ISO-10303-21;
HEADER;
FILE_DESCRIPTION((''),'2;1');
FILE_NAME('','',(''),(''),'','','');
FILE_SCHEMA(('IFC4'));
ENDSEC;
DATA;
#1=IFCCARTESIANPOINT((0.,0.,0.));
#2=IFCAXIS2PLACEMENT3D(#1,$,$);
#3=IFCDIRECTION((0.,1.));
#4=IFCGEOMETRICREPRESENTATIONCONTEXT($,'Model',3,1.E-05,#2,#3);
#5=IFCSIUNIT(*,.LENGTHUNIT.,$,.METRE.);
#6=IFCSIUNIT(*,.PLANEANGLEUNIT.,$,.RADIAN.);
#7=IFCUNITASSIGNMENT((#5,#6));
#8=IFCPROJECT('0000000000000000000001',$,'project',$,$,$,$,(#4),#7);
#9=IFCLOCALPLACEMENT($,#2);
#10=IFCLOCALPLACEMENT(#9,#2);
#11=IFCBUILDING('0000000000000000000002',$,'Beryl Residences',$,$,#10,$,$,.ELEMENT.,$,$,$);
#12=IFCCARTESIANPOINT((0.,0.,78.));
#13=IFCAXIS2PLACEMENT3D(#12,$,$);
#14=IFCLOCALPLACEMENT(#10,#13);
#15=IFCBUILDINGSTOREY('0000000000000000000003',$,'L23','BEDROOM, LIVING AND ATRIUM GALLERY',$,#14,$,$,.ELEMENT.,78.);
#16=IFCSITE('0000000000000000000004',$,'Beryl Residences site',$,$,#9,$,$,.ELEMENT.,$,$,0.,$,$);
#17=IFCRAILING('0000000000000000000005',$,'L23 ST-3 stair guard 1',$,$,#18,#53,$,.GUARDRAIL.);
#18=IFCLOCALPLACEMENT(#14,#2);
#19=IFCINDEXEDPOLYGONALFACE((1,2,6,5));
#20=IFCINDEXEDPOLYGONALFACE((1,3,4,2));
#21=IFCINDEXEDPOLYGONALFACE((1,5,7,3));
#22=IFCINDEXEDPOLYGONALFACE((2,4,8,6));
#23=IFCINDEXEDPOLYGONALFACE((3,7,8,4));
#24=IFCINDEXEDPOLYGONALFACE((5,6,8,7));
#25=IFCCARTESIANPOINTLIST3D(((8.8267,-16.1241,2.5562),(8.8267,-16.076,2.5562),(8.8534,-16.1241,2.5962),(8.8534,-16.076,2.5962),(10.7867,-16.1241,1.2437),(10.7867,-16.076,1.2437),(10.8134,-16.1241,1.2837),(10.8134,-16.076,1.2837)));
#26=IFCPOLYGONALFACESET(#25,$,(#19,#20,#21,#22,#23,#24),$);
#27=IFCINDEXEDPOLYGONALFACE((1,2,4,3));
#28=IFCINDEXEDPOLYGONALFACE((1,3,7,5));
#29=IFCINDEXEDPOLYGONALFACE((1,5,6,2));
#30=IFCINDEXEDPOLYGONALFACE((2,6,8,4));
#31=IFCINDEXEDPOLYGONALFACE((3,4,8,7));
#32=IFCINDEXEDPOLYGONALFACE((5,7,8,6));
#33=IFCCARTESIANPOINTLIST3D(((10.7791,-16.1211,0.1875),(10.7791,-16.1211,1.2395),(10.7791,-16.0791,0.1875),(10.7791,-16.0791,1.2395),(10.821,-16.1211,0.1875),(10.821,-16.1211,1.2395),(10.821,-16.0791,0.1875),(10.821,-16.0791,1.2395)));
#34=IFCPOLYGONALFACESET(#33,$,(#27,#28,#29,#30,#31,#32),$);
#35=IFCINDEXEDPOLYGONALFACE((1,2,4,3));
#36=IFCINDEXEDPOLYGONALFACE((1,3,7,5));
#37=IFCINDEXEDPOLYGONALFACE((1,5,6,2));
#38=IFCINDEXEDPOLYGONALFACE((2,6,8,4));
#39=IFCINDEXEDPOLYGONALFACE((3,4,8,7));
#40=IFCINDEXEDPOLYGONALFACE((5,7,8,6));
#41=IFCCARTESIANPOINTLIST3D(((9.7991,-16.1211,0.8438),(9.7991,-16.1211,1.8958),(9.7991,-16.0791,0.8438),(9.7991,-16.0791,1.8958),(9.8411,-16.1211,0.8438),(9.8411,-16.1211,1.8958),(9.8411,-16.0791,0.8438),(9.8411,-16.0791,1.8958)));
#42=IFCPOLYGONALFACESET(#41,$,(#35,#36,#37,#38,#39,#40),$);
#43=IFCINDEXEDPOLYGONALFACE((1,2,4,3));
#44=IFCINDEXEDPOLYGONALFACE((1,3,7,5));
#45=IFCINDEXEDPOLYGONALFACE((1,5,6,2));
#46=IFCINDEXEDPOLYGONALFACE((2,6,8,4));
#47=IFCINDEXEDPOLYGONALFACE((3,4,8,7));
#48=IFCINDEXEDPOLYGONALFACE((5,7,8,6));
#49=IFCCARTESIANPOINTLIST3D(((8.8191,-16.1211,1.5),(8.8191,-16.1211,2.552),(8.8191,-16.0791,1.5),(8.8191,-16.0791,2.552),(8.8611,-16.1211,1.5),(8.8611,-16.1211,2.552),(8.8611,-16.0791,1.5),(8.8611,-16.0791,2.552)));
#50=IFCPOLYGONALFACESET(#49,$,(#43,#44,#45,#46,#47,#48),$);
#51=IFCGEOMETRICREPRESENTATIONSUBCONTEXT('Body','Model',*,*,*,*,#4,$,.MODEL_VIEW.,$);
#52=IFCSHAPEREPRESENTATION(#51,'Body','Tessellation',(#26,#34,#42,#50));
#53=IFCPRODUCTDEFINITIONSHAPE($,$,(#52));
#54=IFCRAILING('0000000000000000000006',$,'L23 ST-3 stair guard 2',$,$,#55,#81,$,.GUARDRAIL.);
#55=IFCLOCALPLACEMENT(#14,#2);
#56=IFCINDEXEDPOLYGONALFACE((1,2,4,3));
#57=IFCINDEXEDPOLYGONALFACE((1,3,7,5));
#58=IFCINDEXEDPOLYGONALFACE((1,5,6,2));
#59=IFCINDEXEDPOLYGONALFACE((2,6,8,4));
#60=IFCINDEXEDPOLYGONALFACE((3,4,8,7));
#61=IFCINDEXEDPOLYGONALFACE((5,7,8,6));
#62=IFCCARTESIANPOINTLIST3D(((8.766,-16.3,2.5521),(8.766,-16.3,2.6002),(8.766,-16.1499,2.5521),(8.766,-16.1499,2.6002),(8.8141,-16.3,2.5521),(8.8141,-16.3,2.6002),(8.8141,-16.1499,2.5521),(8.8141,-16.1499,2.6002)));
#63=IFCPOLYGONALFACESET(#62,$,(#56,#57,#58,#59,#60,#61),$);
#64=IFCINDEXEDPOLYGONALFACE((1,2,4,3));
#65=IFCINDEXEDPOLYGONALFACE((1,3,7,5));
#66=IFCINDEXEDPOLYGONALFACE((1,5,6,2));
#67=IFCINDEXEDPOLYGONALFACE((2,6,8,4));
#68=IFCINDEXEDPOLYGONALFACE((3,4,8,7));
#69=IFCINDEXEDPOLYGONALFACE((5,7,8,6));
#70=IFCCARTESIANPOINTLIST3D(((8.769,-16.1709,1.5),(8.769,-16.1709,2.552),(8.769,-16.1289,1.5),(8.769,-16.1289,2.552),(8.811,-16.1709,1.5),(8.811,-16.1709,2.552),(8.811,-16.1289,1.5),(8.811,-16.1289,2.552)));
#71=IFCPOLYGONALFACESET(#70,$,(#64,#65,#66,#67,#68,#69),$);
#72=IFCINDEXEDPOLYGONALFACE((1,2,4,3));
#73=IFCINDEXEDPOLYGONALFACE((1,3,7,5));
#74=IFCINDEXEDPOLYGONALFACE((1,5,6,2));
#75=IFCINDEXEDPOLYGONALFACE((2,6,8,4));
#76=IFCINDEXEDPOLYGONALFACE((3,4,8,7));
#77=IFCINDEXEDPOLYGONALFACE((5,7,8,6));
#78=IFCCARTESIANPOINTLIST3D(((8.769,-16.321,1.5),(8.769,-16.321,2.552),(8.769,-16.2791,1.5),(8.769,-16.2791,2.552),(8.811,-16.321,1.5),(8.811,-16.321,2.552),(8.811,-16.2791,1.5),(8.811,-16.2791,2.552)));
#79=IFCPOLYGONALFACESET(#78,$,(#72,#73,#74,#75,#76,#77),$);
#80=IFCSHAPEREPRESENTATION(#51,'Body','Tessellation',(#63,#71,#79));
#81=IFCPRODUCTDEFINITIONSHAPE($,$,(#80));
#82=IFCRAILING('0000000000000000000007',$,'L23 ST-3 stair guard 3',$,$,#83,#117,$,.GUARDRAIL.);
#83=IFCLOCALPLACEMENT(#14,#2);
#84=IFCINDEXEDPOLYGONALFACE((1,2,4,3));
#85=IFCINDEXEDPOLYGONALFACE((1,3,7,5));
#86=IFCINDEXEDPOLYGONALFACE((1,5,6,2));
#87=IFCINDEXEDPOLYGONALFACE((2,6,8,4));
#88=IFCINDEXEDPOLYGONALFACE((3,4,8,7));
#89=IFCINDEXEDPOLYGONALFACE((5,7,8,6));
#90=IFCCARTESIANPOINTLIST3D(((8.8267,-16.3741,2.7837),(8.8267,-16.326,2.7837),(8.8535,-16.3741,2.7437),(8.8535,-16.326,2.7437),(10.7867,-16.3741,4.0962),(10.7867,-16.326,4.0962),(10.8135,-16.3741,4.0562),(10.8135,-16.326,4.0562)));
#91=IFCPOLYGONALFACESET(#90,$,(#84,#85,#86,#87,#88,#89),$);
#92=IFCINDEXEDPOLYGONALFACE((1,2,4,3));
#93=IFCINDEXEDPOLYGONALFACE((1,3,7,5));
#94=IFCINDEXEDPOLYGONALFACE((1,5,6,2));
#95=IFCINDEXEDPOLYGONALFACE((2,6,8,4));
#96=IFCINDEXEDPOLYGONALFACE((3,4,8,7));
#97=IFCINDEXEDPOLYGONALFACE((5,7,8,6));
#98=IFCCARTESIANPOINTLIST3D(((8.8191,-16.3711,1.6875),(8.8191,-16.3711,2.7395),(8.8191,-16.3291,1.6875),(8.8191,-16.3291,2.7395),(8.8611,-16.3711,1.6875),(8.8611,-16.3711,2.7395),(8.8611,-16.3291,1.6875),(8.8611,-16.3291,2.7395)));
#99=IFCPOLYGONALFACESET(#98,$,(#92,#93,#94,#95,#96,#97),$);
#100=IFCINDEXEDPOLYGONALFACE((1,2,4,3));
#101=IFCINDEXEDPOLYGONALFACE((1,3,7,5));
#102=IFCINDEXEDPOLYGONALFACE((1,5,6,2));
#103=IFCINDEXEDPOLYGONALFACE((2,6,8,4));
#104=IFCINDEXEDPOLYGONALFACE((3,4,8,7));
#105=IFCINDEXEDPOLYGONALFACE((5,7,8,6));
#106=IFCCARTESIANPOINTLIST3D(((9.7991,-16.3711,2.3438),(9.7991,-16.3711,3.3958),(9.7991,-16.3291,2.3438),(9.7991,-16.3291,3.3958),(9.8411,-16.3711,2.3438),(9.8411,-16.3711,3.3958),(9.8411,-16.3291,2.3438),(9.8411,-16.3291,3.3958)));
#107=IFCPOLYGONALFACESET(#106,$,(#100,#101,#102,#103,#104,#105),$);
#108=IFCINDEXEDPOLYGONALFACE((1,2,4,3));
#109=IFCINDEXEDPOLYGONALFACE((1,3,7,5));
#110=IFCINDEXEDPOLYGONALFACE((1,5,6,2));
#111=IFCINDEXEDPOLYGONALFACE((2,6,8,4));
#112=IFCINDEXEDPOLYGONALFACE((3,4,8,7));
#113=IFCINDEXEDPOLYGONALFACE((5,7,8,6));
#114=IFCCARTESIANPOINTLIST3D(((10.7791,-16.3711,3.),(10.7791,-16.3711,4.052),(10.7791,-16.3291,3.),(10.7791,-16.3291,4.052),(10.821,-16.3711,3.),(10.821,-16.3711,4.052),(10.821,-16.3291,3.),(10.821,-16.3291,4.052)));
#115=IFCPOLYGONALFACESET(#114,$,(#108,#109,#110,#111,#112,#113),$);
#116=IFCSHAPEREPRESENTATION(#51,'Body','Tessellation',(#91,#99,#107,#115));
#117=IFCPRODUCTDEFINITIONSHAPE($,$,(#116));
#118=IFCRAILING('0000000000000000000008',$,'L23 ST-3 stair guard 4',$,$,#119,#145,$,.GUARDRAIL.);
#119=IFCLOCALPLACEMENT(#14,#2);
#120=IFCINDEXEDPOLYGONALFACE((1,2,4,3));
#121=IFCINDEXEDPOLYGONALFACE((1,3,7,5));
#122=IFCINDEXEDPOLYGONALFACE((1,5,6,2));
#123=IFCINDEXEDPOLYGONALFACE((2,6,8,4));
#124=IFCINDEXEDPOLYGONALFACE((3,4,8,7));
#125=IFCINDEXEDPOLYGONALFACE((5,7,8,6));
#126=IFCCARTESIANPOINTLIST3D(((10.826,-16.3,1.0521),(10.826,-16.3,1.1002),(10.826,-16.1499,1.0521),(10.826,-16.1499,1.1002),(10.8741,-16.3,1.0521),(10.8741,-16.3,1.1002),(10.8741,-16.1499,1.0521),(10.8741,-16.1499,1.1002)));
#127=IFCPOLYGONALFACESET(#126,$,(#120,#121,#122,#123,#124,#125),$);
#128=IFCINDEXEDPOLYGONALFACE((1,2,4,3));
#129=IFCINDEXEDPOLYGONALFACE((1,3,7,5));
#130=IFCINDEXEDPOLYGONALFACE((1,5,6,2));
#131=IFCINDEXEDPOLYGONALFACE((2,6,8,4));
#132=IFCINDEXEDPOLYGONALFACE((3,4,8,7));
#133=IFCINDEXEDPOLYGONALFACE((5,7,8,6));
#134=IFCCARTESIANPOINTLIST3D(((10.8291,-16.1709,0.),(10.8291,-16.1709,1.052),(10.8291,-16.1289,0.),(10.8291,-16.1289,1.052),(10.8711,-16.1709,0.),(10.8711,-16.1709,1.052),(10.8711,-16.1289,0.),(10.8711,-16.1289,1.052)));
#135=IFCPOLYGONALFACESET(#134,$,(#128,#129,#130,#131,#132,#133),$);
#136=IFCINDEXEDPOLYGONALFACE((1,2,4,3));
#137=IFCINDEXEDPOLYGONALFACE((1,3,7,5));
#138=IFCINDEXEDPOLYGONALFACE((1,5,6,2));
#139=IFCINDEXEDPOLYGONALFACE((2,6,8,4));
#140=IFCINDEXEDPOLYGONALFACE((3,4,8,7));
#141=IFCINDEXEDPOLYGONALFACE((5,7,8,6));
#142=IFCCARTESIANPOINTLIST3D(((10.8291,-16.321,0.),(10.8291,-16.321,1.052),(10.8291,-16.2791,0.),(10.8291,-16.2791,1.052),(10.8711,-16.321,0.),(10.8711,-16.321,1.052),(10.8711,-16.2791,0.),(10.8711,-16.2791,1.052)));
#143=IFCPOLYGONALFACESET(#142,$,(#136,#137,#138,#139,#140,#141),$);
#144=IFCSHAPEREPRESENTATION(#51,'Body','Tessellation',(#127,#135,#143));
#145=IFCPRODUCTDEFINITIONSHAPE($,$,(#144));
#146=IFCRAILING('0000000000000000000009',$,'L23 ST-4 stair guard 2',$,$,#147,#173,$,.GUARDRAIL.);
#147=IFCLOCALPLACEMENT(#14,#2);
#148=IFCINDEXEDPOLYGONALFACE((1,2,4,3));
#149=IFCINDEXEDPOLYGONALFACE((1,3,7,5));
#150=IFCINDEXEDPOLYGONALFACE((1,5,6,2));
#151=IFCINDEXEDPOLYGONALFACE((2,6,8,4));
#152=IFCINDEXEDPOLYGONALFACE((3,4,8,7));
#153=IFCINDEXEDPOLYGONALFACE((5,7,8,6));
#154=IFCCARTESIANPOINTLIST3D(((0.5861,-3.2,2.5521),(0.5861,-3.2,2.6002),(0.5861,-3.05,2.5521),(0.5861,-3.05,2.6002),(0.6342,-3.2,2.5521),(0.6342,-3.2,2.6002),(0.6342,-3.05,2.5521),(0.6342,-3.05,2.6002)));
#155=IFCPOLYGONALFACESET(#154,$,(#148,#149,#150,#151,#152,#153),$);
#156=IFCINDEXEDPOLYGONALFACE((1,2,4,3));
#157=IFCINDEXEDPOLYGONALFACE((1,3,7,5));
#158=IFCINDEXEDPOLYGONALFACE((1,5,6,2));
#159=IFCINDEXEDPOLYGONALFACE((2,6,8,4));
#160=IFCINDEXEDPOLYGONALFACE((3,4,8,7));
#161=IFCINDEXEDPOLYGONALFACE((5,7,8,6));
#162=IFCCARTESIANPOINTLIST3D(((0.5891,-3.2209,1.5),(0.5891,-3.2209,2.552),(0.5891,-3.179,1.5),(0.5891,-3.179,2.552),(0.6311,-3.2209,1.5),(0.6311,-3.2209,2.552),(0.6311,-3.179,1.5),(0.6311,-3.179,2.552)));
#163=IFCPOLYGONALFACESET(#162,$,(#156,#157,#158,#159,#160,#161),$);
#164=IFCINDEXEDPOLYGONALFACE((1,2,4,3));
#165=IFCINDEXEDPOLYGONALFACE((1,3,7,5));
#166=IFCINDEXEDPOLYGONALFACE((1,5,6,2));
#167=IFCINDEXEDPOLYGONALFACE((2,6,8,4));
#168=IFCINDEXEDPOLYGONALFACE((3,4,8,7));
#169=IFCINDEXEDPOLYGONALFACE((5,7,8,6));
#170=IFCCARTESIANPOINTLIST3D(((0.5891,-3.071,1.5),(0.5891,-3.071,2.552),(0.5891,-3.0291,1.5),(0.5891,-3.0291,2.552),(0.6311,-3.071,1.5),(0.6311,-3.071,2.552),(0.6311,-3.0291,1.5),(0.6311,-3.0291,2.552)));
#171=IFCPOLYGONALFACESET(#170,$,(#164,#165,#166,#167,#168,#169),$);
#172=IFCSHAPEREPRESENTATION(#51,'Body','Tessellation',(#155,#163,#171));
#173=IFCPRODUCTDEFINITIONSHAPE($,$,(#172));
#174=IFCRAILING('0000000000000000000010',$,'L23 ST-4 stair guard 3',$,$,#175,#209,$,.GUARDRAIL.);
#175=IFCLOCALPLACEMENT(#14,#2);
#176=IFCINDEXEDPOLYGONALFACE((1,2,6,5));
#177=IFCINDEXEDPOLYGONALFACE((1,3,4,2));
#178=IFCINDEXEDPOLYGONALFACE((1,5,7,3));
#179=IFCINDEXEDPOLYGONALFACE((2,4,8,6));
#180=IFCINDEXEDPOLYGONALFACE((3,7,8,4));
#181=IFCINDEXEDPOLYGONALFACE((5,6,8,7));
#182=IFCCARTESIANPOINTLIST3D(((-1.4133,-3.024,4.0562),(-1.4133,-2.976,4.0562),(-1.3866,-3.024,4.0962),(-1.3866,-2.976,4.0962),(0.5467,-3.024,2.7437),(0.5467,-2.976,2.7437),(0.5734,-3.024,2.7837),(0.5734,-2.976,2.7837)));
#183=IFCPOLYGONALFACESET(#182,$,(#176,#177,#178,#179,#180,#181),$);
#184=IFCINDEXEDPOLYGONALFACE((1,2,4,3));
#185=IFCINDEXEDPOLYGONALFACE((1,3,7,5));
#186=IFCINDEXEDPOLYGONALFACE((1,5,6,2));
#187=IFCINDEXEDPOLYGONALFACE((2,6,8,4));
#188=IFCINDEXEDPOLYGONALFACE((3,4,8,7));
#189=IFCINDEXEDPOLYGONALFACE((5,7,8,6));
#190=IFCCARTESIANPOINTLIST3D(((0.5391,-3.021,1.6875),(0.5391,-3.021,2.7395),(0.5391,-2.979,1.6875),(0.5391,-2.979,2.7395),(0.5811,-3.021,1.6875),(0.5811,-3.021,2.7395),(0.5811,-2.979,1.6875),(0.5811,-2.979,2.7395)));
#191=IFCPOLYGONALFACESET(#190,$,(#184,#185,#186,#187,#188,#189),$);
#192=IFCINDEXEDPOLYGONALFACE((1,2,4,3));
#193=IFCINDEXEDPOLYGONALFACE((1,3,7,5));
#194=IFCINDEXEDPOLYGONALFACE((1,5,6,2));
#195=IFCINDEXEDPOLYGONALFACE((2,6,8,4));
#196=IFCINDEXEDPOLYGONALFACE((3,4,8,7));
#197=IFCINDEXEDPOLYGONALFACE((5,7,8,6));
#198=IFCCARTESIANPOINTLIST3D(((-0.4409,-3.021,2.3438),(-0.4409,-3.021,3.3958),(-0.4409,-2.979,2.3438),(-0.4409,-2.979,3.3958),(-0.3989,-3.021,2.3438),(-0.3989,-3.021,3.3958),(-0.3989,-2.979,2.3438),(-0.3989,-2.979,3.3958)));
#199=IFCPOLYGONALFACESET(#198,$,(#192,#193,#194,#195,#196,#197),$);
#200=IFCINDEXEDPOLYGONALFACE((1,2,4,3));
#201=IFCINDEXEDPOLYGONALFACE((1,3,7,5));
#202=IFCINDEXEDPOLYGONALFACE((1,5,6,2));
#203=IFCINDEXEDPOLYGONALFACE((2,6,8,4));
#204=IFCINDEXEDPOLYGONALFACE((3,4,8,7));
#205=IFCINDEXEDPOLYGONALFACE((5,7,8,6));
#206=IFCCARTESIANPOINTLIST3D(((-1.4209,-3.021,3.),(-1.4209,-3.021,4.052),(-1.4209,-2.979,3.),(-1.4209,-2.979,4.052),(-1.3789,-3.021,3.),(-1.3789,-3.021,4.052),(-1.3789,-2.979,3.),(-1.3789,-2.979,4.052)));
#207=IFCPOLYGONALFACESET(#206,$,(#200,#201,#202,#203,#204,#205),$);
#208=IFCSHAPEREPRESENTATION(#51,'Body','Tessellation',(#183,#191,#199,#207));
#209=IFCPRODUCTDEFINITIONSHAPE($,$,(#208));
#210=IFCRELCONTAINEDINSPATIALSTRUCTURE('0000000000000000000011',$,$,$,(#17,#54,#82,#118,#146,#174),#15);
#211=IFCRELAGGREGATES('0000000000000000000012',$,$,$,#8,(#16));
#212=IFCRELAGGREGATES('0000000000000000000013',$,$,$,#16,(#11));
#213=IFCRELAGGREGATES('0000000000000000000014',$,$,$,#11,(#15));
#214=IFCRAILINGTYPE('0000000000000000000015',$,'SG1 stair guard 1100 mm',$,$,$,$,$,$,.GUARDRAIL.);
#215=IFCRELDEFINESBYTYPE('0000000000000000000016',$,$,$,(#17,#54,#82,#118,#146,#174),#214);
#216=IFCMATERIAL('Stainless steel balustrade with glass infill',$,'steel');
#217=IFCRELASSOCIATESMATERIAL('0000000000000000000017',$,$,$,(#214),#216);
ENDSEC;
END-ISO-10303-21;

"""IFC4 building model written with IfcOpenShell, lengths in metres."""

from ifc_helpers import new_model, si_unit, direction, frame, origin, origin_2d, place, context, subcontext, project, spatial, rectangle, extrude, material, type_object, element, save


model = new_model("IFC4")

# Units and contexts
model_context = context("Model", 3, precision=1e-05, world=origin(), true_north=direction((0.0, 1.0)))
body_context = subcontext(model_context, "Body", "Model", "MODEL_VIEW")
ifc_project = project(units=[si_unit("LENGTHUNIT", "METRE"), si_unit("PLANEANGLEUNIT", "RADIAN")], contexts=[model_context])

# Site, building, storey
site_placement = place(None, origin())
site = spatial("IfcSite", under=ifc_project, at=site_placement, Name="Beryl Residences site", CompositionType="ELEMENT", RefElevation=0.0)
building_placement = place(site_placement, origin())
building = spatial("IfcBuilding", under=site, at=building_placement, Name="Beryl Residences", CompositionType="ELEMENT")
storey_placement = place(building_placement, frame((0.0, 0.0, 78.0)))
storey = spatial("IfcBuildingStorey", under=building, at=storey_placement, Name="L23", Description="BEDROOM, LIVING AND ATRIUM GALLERY", CompositionType="ELEMENT", Elevation=78.0)

# Railings
ifc_material_1 = material(Name="Stainless steel balustrade with glass infill", Category="steel")
railing_type_1 = type_object("IfcRailingType", Name="SG1 stair guard 1100 mm", PredefinedType="GUARDRAIL", material=ifc_material_1)
railing_1_placement = place(storey_placement, frame((10.8, -16.1001, 0.1875)))
element("IfcRailing", 1, at=railing_1_placement, inside=storey, type_object=railing_type_1, Name="L23 ST-3 stair guard 1", PredefinedType="GUARDRAIL", context=body_context, shape_type="SweptSolid", body=[
    extrude(rectangle(XDim=0.0481, YDim=0.0481, at=origin_2d()), frame((0.0, 0.0, 1.0762), z_axis=(-0.830902, 0.0, 0.556419), x_axis=(0.0, -1.0, 0.0)), (0.0, 0.0, 1.0), 2.3589),
    extrude(rectangle(XDim=0.042, YDim=0.042, at=origin_2d()), origin(), (0.0, 0.0, 1.0), 1.052),
    extrude(rectangle(XDim=0.042, YDim=0.042, at=origin_2d()), frame((-0.98, 0.0, 0.6562)), (0.0, 0.0, 1.0), 1.052),
    extrude(rectangle(XDim=0.042, YDim=0.042, at=origin_2d()), frame((-1.96, 0.0, 1.3125)), (0.0, 0.0, 1.0), 1.052),
])
railing_2_placement = place(storey_placement, frame((8.79, -16.1499, 1.5)))
element("IfcRailing", 2, at=railing_2_placement, inside=storey, type_object=railing_type_1, Name="L23 ST-3 stair guard 2", PredefinedType="GUARDRAIL", context=body_context, shape_type="SweptSolid", body=[
    extrude(rectangle(XDim=0.0481, YDim=0.0481, at=origin_2d()), frame((0.0, 0.0, 1.0762), z_axis=(0.0, -1.0, 0.0), x_axis=(1.0, 0.0, 0.0)), (0.0, 0.0, 1.0), 0.1501),
    extrude(rectangle(XDim=0.042, YDim=0.042, at=origin_2d()), origin(), (0.0, 0.0, 1.0), 1.052),
    extrude(rectangle(XDim=0.042, YDim=0.042, at=origin_2d()), frame((0.0, -0.1501, 0.0)), (0.0, 0.0, 1.0), 1.052),
])
railing_3_placement = place(storey_placement, frame((8.8401, -16.3501, 1.6875)))
element("IfcRailing", 3, at=railing_3_placement, inside=storey, type_object=railing_type_1, Name="L23 ST-3 stair guard 3", PredefinedType="GUARDRAIL", context=body_context, shape_type="SweptSolid", body=[
    extrude(rectangle(XDim=0.0481, YDim=0.0481, at=origin_2d()), frame((0.0, 0.0, 1.0762), z_axis=(0.830902, 0.0, 0.556419), x_axis=(0.0, 1.0, 0.0)), (0.0, 0.0, 1.0), 2.3589),
    extrude(rectangle(XDim=0.042, YDim=0.042, at=origin_2d()), origin(), (0.0, 0.0, 1.0), 1.052),
    extrude(rectangle(XDim=0.042, YDim=0.042, at=origin_2d()), frame((0.98, 0.0, 0.6562)), (0.0, 0.0, 1.0), 1.052),
    extrude(rectangle(XDim=0.042, YDim=0.042, at=origin_2d()), frame((1.96, 0.0, 1.3125)), (0.0, 0.0, 1.0), 1.052),
])
railing_4_placement = place(storey_placement, frame((10.8501, -16.1499, 0.0)))
element("IfcRailing", 4, at=railing_4_placement, inside=storey, type_object=railing_type_1, Name="L23 ST-3 stair guard 4", PredefinedType="GUARDRAIL", context=body_context, shape_type="SweptSolid", body=[
    extrude(rectangle(XDim=0.0481, YDim=0.0481, at=origin_2d()), frame((0.0, 0.0, 1.0762), z_axis=(0.0, -1.0, 0.0), x_axis=(1.0, 0.0, 0.0)), (0.0, 0.0, 1.0), 0.1501),
    extrude(rectangle(XDim=0.042, YDim=0.042, at=origin_2d()), origin(), (0.0, 0.0, 1.0), 1.052),
    extrude(rectangle(XDim=0.042, YDim=0.042, at=origin_2d()), frame((0.0, -0.1501, 0.0)), (0.0, 0.0, 1.0), 1.052),
])
railing_5_placement = place(storey_placement, frame((0.6101, -3.2, 1.5)))
element("IfcRailing", 5, at=railing_5_placement, inside=storey, type_object=railing_type_1, Name="L23 ST-4 stair guard 2", PredefinedType="GUARDRAIL", context=body_context, shape_type="SweptSolid", body=[
    extrude(rectangle(XDim=0.0481, YDim=0.0481, at=origin_2d()), frame((0.0, 0.0, 1.0762), z_axis=(0.0, 1.0, 0.0), x_axis=(-1.0, 0.0, 0.0)), (0.0, 0.0, 1.0), 0.1499),
    extrude(rectangle(XDim=0.042, YDim=0.042, at=origin_2d()), origin(), (0.0, 0.0, 1.0), 1.052),
    extrude(rectangle(XDim=0.042, YDim=0.042, at=origin_2d()), frame((0.0, 0.1499, 0.0)), (0.0, 0.0, 1.0), 1.052),
])
railing_6_placement = place(storey_placement, frame((0.5601, -3.0, 1.6875)))
element("IfcRailing", 6, at=railing_6_placement, inside=storey, type_object=railing_type_1, Name="L23 ST-4 stair guard 3", PredefinedType="GUARDRAIL", context=body_context, shape_type="SweptSolid", body=[
    extrude(rectangle(XDim=0.0481, YDim=0.0481, at=origin_2d()), frame((0.0, 0.0, 1.0762), z_axis=(-0.830902, 0.0, 0.556419), x_axis=(0.0, -1.0, 0.0)), (0.0, 0.0, 1.0), 2.3589),
    extrude(rectangle(XDim=0.042, YDim=0.042, at=origin_2d()), origin(), (0.0, 0.0, 1.0), 1.052),
    extrude(rectangle(XDim=0.042, YDim=0.042, at=origin_2d()), frame((-0.98, 0.0, 0.6562)), (0.0, 0.0, 1.0), 1.052),
    extrude(rectangle(XDim=0.042, YDim=0.042, at=origin_2d()), frame((-1.96, 0.0, 1.3125)), (0.0, 0.0, 1.0), 1.052),
])

save(model, "model.ifc")
